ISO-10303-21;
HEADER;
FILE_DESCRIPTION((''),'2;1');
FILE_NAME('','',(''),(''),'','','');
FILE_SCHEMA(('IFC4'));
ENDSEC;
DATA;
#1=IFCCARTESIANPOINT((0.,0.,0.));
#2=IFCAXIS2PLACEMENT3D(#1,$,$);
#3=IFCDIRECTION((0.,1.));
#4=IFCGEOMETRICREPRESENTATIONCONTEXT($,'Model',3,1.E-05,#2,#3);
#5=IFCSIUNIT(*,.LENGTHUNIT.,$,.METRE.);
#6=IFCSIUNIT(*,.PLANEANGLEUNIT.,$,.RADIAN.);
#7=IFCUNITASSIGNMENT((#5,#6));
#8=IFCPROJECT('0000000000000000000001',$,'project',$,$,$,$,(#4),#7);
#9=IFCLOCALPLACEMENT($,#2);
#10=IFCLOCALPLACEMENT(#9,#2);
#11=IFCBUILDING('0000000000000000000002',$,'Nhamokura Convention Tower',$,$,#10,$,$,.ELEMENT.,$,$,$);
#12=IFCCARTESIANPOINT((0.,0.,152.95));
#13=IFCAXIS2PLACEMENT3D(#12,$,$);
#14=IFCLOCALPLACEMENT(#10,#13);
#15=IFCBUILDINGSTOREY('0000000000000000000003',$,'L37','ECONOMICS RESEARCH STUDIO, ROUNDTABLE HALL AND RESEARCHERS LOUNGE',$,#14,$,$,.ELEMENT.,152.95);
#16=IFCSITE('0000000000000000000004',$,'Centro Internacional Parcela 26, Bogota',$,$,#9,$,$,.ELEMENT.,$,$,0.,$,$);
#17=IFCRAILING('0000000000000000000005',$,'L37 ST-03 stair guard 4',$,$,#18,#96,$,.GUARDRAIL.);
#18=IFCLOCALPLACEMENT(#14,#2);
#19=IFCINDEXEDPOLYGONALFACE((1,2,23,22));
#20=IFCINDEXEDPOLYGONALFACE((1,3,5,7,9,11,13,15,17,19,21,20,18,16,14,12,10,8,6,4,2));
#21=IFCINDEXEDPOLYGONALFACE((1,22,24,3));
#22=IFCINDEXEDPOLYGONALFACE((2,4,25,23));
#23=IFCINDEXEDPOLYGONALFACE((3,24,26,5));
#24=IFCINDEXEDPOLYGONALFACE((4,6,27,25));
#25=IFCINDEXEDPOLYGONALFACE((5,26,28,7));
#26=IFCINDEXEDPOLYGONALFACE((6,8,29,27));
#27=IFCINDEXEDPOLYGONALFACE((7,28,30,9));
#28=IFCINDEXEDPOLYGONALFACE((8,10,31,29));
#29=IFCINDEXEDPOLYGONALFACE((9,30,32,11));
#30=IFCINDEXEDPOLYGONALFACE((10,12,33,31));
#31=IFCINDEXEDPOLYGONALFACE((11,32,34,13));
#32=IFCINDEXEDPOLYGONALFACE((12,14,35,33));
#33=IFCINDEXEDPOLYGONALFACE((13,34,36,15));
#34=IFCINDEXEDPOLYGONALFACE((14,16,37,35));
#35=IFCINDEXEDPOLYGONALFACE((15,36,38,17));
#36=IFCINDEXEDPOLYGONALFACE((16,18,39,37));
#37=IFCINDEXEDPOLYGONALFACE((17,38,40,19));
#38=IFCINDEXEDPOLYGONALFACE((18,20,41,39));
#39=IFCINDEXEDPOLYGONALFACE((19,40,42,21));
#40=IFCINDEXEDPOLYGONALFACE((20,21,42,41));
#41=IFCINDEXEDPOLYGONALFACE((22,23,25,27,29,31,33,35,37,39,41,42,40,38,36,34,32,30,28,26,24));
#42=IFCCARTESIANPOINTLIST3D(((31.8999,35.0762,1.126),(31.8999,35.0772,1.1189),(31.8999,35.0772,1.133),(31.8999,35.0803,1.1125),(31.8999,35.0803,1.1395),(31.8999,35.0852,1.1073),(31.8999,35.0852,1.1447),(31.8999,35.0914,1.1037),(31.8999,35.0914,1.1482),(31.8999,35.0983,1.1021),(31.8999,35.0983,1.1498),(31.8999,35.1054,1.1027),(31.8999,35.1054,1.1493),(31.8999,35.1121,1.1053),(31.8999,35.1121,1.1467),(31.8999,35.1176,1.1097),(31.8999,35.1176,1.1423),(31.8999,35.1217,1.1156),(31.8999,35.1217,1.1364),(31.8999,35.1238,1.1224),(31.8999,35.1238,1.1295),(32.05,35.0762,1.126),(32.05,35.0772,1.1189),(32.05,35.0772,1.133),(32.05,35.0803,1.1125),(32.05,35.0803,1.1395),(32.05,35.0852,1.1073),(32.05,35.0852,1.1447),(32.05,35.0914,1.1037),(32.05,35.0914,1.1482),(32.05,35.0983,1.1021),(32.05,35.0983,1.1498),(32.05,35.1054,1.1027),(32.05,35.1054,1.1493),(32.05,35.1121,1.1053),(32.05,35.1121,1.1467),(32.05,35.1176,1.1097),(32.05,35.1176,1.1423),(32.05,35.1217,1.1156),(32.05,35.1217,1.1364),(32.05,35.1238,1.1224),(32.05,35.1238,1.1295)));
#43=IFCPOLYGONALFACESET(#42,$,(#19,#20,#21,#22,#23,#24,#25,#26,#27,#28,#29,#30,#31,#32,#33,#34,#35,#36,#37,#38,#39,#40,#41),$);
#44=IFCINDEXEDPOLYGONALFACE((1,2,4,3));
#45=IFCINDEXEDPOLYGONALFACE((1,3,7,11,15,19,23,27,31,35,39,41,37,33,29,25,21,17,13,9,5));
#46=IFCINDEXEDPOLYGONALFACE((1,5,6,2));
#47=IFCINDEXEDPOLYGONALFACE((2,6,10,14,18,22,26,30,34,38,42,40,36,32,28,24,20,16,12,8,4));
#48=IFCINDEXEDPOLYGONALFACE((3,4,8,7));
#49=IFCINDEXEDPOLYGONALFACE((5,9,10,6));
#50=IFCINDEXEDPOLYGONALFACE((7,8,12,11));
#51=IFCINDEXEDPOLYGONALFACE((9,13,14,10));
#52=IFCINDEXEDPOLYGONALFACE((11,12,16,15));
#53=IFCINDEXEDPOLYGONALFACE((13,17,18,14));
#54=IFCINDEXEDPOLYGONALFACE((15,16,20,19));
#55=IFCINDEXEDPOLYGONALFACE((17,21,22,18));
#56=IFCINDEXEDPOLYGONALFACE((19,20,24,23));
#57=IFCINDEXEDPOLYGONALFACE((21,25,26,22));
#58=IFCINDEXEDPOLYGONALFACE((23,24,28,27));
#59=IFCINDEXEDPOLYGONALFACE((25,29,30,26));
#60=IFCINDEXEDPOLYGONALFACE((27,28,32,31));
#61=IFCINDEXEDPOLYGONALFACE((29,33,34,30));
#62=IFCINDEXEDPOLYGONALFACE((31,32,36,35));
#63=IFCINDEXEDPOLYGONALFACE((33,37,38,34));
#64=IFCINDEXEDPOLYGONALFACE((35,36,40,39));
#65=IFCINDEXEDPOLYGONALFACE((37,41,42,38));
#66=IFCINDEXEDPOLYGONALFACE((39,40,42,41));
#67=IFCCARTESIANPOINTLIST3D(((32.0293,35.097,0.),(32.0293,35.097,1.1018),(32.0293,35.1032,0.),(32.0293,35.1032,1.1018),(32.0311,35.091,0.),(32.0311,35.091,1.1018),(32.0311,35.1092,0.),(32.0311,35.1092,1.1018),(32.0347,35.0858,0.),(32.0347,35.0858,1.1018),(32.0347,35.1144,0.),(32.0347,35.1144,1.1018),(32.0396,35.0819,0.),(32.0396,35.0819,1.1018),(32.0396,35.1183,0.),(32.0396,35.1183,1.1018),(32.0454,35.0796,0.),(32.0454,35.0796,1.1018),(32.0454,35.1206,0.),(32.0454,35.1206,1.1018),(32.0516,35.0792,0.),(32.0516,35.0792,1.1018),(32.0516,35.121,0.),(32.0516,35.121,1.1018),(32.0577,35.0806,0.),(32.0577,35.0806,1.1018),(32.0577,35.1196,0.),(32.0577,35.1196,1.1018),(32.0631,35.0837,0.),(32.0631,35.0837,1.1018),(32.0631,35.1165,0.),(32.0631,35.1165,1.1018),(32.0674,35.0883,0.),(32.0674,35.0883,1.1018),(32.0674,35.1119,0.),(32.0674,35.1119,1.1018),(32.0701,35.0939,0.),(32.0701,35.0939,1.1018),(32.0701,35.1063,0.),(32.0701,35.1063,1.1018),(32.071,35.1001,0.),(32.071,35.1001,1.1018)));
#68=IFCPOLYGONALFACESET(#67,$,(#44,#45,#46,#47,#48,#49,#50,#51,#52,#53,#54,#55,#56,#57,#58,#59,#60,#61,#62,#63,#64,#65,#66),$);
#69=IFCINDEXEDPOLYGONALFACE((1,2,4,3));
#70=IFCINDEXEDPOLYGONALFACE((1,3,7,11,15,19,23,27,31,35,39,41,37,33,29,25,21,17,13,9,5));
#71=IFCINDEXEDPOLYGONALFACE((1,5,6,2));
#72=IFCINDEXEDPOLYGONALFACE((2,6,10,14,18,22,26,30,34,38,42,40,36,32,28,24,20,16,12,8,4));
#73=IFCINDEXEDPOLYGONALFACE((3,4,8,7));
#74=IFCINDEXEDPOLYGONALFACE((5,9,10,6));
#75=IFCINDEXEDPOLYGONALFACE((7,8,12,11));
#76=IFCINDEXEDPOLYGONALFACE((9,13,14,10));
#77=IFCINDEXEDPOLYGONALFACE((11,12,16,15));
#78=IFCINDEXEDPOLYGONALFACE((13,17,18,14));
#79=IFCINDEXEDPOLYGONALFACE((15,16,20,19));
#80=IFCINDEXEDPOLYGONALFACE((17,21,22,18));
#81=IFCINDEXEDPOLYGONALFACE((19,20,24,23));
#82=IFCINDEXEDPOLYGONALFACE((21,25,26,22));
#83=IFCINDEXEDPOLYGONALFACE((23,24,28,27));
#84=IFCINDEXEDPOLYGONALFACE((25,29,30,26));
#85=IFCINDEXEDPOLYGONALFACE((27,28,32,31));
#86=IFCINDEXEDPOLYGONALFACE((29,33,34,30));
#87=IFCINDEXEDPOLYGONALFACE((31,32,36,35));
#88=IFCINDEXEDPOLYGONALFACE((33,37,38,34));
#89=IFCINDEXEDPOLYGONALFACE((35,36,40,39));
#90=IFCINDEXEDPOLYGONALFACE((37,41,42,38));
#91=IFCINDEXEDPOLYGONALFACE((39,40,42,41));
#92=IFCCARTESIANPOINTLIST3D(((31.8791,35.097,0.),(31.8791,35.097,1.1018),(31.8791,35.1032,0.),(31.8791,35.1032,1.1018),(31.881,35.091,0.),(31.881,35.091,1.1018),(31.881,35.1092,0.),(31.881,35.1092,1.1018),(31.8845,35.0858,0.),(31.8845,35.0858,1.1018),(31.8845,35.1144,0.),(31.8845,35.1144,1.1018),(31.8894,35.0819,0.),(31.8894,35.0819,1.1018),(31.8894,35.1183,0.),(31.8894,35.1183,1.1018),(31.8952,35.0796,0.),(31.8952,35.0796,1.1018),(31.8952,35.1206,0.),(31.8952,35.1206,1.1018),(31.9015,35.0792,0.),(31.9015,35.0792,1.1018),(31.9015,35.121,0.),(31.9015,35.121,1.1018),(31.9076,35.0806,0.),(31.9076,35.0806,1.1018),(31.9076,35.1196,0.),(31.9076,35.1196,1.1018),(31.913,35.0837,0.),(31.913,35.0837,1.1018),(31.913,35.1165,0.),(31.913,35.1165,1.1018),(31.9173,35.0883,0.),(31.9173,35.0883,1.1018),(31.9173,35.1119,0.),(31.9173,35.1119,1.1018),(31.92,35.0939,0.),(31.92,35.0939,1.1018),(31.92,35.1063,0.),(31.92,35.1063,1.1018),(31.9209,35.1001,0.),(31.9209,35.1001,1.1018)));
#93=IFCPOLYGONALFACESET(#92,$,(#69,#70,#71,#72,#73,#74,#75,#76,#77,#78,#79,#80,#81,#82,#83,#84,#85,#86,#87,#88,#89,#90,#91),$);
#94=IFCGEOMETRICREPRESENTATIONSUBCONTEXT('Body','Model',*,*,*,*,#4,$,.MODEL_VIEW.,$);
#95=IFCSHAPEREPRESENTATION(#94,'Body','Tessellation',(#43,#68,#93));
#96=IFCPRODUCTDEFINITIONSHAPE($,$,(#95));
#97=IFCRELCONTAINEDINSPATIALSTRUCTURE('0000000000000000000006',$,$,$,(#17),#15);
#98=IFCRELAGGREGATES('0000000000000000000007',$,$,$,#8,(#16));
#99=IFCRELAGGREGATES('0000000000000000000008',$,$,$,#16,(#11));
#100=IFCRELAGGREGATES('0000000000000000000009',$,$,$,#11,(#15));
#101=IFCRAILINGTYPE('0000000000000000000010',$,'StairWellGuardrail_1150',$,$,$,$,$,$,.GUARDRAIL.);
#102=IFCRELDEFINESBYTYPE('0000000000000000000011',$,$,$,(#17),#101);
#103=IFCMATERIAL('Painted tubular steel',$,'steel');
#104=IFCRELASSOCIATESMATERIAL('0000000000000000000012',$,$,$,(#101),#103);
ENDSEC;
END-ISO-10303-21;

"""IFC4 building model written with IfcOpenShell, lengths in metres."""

from ifc_helpers import new_model, si_unit, direction, frame, origin, origin_2d, place, context, subcontext, project, spatial, circle, extrude, material, type_object, element, save


model = new_model("IFC4")

# Units and contexts
model_context = context("Model", 3, precision=1e-05, world=origin(), true_north=direction((0.0, 1.0)))
body_context = subcontext(model_context, "Body", "Model", "MODEL_VIEW")
ifc_project = project(units=[si_unit("LENGTHUNIT", "METRE"), si_unit("PLANEANGLEUNIT", "RADIAN")], contexts=[model_context])

# Site, building, storey
site_placement = place(None, origin())
site = spatial("IfcSite", under=ifc_project, at=site_placement, Name="Centro Internacional Parcela 26, Bogota", CompositionType="ELEMENT", RefElevation=0.0)
building_placement = place(site_placement, origin())
building = spatial("IfcBuilding", under=site, at=building_placement, Name="Nhamokura Convention Tower", CompositionType="ELEMENT")
storey_placement = place(building_placement, frame((0.0, 0.0, 152.95)))
storey = spatial("IfcBuildingStorey", under=building, at=storey_placement, Name="L37", Description="ECONOMICS RESEARCH STUDIO, ROUNDTABLE HALL AND RESEARCHERS LOUNGE", CompositionType="ELEMENT", Elevation=152.95)

# Railing
ifc_material_1 = material(Name="Painted tubular steel", Category="steel")
railing_type_1 = type_object("IfcRailingType", Name="StairWellGuardrail_1150", PredefinedType="GUARDRAIL", material=ifc_material_1)
railing_1_placement = place(storey_placement, frame((32.05, 35.1001, 0.0)))
element("IfcRailing", 1, at=railing_1_placement, inside=storey, type_object=railing_type_1, Name="L37 ST-03 stair guard 4", PredefinedType="GUARDRAIL", context=body_context, shape_type="SweptSolid", body=[
    extrude(circle(Radius=0.0239, at=origin_2d()), frame((0.0, 0.0, 1.126), z_axis=(-1.0, 0.0, 0.0), x_axis=(0.0, -1.0, 0.0)), (0.0, 0.0, 1.0), 0.1501),
    extrude(circle(Radius=0.021, at=origin_2d()), origin(), (0.0, 0.0, 1.0), 1.1018),
    extrude(circle(Radius=0.021, at=origin_2d()), frame((-0.1501, 0.0, 0.0)), (0.0, 0.0, 1.0), 1.1018),
])

save(model, "model.ifc")
